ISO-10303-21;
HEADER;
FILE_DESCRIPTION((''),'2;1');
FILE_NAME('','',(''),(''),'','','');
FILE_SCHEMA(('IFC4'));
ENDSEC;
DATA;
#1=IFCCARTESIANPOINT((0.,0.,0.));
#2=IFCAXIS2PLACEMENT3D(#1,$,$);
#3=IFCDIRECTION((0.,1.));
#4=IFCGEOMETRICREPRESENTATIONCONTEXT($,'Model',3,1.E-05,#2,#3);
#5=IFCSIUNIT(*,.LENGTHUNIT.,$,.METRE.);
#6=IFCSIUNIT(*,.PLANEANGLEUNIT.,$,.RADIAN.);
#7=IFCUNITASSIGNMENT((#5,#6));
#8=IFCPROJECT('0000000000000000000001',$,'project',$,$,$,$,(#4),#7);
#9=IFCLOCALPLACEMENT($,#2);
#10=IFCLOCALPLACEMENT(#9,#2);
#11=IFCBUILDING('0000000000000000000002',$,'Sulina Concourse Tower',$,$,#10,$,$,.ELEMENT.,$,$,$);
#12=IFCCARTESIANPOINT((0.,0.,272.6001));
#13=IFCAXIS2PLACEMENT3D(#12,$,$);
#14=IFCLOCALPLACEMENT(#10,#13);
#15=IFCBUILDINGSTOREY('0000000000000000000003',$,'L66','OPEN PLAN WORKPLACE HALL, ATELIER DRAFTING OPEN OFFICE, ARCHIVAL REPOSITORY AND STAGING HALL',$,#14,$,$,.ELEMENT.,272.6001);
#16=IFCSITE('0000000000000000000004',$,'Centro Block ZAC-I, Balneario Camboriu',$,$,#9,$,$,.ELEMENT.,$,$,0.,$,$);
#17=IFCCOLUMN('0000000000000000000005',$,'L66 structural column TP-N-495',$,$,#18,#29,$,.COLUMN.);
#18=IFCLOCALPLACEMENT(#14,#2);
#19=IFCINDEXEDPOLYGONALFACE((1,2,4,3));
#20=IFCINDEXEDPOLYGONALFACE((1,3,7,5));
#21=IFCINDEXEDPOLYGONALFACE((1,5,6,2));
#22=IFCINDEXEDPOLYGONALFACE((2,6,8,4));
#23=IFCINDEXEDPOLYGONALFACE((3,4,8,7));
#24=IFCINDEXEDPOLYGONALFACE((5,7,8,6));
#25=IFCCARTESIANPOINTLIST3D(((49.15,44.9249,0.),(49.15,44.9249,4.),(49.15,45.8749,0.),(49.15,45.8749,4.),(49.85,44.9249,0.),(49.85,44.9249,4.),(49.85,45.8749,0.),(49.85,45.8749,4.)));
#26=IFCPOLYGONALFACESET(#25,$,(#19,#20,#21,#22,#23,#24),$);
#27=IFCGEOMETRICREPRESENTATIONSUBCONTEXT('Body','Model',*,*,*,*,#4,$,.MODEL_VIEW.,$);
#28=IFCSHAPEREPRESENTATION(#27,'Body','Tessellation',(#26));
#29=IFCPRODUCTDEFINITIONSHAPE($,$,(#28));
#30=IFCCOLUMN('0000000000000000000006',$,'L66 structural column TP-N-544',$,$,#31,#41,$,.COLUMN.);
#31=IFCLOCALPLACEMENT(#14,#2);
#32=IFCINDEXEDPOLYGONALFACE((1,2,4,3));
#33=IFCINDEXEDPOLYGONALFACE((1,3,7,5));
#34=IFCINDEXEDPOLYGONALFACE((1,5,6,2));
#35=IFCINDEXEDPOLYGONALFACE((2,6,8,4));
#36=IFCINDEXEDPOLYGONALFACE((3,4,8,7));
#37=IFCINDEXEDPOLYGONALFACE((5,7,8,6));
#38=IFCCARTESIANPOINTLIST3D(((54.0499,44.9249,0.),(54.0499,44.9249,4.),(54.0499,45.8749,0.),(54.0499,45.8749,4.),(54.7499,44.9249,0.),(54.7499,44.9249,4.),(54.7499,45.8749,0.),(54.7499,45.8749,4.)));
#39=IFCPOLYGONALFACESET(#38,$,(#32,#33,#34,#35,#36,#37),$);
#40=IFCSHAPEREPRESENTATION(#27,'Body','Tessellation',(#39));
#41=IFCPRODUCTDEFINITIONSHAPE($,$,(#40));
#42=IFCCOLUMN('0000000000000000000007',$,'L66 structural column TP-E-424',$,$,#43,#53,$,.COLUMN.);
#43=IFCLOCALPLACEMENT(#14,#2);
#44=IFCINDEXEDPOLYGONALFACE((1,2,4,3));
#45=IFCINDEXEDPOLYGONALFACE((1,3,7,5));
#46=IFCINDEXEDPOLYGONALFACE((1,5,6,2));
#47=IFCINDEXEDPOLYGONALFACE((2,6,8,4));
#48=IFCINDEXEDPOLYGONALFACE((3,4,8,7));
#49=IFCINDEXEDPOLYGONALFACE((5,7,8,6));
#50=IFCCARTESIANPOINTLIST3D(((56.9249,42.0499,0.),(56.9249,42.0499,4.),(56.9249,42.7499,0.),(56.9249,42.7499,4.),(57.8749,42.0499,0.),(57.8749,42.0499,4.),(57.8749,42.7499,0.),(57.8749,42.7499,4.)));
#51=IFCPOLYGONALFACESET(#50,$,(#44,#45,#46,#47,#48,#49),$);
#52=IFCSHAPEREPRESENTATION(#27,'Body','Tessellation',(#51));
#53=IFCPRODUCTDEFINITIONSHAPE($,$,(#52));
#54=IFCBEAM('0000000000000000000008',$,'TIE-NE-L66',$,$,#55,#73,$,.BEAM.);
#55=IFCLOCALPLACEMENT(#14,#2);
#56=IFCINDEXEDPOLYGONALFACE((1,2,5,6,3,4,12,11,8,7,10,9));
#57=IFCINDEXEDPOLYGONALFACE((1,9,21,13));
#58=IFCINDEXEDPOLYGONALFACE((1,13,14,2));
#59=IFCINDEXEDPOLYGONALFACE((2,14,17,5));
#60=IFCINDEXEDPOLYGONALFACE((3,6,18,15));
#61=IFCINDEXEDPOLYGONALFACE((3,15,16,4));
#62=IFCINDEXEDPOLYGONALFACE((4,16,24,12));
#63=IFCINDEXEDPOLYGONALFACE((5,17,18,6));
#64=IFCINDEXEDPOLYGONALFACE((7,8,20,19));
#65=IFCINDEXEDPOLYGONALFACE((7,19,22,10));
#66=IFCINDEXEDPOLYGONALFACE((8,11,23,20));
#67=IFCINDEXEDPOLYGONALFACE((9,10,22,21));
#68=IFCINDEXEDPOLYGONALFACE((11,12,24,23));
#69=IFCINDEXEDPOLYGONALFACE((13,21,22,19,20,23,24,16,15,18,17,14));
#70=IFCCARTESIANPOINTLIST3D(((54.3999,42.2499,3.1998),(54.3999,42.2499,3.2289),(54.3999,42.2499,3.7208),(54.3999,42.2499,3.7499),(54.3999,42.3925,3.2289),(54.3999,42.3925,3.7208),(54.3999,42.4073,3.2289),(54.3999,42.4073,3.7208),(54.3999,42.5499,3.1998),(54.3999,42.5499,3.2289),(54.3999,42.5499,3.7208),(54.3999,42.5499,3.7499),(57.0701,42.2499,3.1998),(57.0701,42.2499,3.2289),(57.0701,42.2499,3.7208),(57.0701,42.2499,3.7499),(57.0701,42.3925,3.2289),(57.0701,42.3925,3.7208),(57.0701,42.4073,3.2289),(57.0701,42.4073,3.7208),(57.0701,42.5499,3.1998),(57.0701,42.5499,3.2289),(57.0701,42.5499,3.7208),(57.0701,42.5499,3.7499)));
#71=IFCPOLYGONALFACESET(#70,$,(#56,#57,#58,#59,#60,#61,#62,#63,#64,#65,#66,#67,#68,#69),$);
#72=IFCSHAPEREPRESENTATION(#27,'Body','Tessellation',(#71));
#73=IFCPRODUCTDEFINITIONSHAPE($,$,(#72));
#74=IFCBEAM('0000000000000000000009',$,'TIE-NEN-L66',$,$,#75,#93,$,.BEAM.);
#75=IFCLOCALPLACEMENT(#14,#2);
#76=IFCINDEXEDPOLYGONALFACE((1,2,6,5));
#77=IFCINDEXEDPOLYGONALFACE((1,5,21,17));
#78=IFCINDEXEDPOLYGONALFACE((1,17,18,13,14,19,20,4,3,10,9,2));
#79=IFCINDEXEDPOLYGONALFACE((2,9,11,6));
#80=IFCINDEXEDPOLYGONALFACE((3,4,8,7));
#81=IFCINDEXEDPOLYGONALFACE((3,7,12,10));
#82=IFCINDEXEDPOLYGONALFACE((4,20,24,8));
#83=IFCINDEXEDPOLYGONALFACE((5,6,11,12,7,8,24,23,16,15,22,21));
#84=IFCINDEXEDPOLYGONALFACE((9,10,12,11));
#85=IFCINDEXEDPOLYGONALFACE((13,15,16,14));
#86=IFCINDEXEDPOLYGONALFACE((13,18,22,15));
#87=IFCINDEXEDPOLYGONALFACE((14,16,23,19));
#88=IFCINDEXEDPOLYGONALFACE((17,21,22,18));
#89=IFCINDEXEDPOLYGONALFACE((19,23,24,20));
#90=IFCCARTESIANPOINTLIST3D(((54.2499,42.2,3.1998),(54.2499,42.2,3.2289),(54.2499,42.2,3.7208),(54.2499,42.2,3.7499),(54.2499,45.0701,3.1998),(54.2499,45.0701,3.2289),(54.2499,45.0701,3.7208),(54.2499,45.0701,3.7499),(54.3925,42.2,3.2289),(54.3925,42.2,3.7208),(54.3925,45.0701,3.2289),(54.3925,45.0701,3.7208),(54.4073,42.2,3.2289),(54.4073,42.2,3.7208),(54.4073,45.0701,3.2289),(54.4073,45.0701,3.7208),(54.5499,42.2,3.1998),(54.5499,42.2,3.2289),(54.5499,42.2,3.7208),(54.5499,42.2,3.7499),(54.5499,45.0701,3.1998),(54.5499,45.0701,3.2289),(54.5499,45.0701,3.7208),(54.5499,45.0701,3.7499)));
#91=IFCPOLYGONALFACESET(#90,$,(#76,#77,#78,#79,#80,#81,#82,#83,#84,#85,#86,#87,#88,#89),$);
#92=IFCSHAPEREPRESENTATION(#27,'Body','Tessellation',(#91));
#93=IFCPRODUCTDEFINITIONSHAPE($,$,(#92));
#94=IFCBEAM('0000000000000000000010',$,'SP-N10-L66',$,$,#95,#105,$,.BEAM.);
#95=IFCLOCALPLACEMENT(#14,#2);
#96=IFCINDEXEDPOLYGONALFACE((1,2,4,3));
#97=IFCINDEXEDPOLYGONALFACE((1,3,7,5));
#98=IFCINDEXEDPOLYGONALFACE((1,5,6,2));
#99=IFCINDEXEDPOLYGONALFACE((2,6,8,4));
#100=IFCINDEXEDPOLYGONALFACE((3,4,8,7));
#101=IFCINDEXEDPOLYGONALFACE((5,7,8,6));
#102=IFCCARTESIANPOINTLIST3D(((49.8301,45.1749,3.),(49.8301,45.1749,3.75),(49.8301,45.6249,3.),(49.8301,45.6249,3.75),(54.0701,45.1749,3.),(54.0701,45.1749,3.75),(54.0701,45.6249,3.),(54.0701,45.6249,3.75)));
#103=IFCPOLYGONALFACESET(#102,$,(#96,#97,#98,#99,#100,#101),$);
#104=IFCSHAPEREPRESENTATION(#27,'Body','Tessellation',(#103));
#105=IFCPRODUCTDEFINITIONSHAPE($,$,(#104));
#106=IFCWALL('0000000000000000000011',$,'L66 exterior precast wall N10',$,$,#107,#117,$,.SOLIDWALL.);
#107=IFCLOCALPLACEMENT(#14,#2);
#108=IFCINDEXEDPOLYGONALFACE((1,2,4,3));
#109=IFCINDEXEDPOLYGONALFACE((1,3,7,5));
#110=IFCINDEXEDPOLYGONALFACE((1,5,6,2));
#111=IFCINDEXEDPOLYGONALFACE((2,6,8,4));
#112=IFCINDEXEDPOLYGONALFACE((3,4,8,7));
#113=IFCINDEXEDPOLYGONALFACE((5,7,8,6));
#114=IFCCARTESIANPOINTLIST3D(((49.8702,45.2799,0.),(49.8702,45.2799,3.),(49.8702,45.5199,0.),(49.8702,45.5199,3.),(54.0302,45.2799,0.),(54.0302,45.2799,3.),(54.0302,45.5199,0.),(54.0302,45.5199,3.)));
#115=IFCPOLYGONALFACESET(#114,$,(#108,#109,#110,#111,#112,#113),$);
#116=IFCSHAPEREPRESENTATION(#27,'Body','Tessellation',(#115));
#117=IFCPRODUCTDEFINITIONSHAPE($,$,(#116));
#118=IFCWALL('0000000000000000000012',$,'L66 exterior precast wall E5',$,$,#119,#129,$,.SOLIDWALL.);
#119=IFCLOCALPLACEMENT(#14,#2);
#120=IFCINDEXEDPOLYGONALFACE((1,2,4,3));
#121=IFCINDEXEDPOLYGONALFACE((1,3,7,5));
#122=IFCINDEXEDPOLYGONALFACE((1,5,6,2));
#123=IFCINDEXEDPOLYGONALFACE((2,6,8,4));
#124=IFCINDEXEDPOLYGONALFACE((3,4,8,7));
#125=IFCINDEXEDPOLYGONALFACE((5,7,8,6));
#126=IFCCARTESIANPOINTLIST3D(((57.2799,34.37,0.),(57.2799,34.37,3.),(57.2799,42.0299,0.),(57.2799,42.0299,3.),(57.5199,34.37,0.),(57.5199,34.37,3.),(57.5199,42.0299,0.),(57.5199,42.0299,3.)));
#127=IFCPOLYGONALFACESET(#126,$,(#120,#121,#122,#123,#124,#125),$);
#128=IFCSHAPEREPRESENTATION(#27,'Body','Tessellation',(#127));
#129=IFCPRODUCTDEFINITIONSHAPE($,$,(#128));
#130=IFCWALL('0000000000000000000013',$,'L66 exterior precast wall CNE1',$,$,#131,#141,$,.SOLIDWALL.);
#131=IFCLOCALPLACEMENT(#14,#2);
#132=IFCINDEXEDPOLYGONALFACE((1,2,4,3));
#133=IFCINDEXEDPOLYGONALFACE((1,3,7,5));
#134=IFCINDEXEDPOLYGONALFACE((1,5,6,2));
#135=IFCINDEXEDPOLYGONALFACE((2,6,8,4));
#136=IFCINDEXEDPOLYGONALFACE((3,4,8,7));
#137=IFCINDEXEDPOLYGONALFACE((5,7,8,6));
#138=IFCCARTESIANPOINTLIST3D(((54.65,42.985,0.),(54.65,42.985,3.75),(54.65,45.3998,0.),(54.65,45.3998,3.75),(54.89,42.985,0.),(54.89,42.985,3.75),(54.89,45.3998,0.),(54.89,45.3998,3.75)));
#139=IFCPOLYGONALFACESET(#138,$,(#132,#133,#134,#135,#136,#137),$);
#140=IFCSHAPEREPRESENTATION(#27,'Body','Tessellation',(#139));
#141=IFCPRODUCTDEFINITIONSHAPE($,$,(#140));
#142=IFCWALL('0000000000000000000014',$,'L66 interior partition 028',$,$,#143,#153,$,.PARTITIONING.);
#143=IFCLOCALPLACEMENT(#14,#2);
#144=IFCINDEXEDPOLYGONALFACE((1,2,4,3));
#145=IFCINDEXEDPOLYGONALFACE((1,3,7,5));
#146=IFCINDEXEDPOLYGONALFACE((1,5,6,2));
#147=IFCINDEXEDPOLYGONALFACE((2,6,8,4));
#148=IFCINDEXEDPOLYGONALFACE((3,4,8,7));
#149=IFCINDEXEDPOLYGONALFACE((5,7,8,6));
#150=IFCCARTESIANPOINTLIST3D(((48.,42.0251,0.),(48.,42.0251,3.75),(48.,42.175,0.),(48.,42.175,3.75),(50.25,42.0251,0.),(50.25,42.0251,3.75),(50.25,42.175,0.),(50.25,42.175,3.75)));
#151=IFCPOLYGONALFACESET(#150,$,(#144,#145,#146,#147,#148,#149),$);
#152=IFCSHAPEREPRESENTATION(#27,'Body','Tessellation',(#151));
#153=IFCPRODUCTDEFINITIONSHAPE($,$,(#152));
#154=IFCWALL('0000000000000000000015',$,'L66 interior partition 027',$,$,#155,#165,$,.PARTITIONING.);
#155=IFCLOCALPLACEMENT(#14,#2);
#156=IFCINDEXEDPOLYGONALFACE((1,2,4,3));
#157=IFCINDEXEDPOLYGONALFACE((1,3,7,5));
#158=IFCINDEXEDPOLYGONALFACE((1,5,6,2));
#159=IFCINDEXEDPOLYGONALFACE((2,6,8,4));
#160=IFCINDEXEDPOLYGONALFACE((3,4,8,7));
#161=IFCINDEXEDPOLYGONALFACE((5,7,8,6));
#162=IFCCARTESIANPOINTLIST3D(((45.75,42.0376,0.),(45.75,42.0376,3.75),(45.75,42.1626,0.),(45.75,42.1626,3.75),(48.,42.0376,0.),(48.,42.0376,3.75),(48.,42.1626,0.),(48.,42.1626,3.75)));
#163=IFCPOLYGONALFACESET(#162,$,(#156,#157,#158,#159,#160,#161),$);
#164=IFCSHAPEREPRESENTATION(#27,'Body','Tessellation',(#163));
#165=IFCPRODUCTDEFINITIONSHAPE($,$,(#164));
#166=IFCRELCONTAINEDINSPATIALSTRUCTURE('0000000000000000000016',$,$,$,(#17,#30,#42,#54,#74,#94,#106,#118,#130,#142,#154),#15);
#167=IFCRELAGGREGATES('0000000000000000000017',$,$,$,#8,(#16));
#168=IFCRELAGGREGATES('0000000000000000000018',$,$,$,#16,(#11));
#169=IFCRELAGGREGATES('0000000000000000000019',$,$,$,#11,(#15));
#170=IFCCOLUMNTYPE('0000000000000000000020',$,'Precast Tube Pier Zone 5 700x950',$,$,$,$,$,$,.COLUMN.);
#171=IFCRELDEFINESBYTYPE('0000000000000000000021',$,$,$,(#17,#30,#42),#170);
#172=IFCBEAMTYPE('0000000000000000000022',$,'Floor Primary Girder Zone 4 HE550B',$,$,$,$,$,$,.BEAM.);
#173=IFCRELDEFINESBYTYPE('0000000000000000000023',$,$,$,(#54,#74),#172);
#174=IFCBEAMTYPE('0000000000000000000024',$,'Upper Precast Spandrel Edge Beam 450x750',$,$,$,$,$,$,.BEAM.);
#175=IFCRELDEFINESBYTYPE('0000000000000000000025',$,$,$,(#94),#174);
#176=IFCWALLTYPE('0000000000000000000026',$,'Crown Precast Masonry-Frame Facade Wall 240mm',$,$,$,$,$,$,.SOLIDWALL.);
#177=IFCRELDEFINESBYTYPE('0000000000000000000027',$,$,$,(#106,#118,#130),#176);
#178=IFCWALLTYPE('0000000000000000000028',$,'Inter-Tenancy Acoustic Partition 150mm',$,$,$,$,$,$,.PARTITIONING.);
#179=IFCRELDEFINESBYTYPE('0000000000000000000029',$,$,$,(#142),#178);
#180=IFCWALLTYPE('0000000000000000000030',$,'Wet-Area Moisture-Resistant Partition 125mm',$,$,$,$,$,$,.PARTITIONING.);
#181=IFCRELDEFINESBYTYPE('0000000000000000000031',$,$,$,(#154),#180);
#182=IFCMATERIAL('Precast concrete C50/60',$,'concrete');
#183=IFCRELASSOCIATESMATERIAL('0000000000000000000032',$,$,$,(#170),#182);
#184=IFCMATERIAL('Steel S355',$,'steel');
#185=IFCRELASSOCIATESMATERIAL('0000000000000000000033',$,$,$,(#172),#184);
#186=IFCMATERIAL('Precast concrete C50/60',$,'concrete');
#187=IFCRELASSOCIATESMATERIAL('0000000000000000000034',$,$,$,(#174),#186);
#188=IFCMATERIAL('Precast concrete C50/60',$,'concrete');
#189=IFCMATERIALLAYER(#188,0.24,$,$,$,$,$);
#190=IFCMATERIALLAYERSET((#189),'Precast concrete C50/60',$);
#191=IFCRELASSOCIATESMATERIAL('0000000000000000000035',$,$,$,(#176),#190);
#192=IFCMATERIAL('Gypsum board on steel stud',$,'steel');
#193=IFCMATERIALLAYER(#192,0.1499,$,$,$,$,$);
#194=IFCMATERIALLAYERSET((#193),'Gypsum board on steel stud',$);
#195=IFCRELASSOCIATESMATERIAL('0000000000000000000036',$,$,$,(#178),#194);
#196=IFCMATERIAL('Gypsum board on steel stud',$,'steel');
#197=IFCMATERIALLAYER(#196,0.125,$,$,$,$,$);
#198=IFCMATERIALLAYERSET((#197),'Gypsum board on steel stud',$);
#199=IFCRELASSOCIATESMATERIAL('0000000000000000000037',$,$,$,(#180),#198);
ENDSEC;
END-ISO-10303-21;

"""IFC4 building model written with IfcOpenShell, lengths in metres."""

from ifc_helpers import new_model, si_unit, direction, frame, frame_2d, origin, origin_2d, place, context, subcontext, project, spatial, rectangle, i_section, extrude, material, layer, layer_set, material_profile, profile_set, type_object, element, save


model = new_model("IFC4")

# Units and contexts
model_context = context("Model", 3, precision=1e-05, world=origin(), true_north=direction((0.0, 1.0)))
body_context = subcontext(model_context, "Body", "Model", "MODEL_VIEW")
ifc_project = project(units=[si_unit("LENGTHUNIT", "METRE"), si_unit("PLANEANGLEUNIT", "RADIAN")], contexts=[model_context])

# Site, building, storey
site_placement = place(None, origin())
site = spatial("IfcSite", under=ifc_project, at=site_placement, Name="Centro Block ZAC-I, Balneario Camboriu", CompositionType="ELEMENT", RefElevation=0.0)
building_placement = place(site_placement, origin())
building = spatial("IfcBuilding", under=site, at=building_placement, Name="Sulina Concourse Tower", CompositionType="ELEMENT")
storey_placement = place(building_placement, frame((0.0, 0.0, 272.6001)))
storey = spatial("IfcBuildingStorey", under=building, at=storey_placement, Name="L66", Description="OPEN PLAN WORKPLACE HALL, ATELIER DRAFTING OPEN OFFICE, ARCHIVAL REPOSITORY AND STAGING HALL", CompositionType="ELEMENT", Elevation=272.6001)

# Columns
ifc_material_1 = material(Name="Precast concrete C50/60", Category="concrete")
ifc_material_profile_1 = material_profile(ifc_material_1, rectangle(XDim=0.7, YDim=0.95, at=origin_2d()), Name="PC 700x950")
ifc_profile_set_1 = profile_set([ifc_material_profile_1], Name="Precast concrete C50/60")
column_type = type_object("IfcColumnType", Name="Precast Tube Pier Zone 5 700x950", PredefinedType="COLUMN", material=ifc_profile_set_1)
for number, where, z_axis, x_axis, name in (
    (1, (49.5, 45.3999, 0.0), (0.0, 0.0, 1.0), (1.0, 0.0, 0.0), "L66 structural column TP-N-495"),
    (2, (54.3999, 45.3999, 0.0), (0.0, 0.0, 1.0), (1.0, 0.0, 0.0), "L66 structural column TP-N-544"),
    (3, (57.3999, 42.3999, 0.0), (0.0, 0.0, 1.0), (0.0, 1.0, 0.0), "L66 structural column TP-E-424"),
):
    element("IfcColumn", number, at=place(storey_placement, frame(where, z_axis=z_axis, x_axis=x_axis)), inside=storey, type_object=column_type, Name=name, PredefinedType="COLUMN", context=body_context, shape_type="SweptSolid", body=[
        extrude(rectangle(XDim=0.7, YDim=0.95, at=origin_2d()), origin(), (0.0, 0.0, 1.0), 4.0),
    ])

# Beams
ifc_material_2 = material(Name="Steel S355", Category="steel")
ifc_material_profile_2 = material_profile(ifc_material_2, i_section(OverallWidth=0.3, OverallDepth=0.55, WebThickness=0.0149, FlangeThickness=0.0291, at=origin_2d()), Name="HE 550 B")
ifc_profile_set_2 = profile_set([ifc_material_profile_2], Name="Steel S355")
beam_type_1 = type_object("IfcBeamType", Name="Floor Primary Girder Zone 4 HE550B", PredefinedType="BEAM", material=ifc_profile_set_2)
beam_1_placement = place(storey_placement, frame((54.3999, 42.3999, 3.4749), z_axis=(1.0, 0.0, 0.0), x_axis=(0.0, 1.0, 0.0)))
element("IfcBeam", 4, at=beam_1_placement, inside=storey, type_object=beam_type_1, Name="TIE-NE-L66", PredefinedType="BEAM", context=body_context, shape_type="SweptSolid", body=[
    extrude(i_section(OverallWidth=0.3, OverallDepth=0.55, WebThickness=0.0149, FlangeThickness=0.0291, at=origin_2d()), origin(), (0.0, 0.0, 1.0), 2.6702),
])
beam_2_placement = place(storey_placement, frame((54.3999, 42.2, 3.4749), z_axis=(0.0, 1.0, 0.0), x_axis=(-1.0, 0.0, 0.0)))
element("IfcBeam", 5, at=beam_2_placement, inside=storey, type_object=beam_type_1, Name="TIE-NEN-L66", PredefinedType="BEAM", context=body_context, shape_type="SweptSolid", body=[
    extrude(i_section(OverallWidth=0.3, OverallDepth=0.55, WebThickness=0.0149, FlangeThickness=0.0291, at=origin_2d()), origin(), (0.0, 0.0, 1.0), 2.8701),
])
ifc_material_3 = material(Name="Precast concrete C50/60", Category="concrete")
ifc_material_profile_3 = material_profile(ifc_material_3, rectangle(XDim=0.45, YDim=0.75, at=origin_2d()), Name="RC 450x750")
ifc_profile_set_3 = profile_set([ifc_material_profile_3], Name="Precast concrete C50/60")
beam_type_2 = type_object("IfcBeamType", Name="Upper Precast Spandrel Edge Beam 450x750", PredefinedType="BEAM", material=ifc_profile_set_3)
beam_3_placement = place(storey_placement, frame((49.8301, 45.3999, 3.375), z_axis=(1.0, 0.0, 0.0), x_axis=(0.0, 1.0, 0.0)))
element("IfcBeam", 6, at=beam_3_placement, inside=storey, type_object=beam_type_2, Name="SP-N10-L66", PredefinedType="BEAM", context=body_context, shape_type="SweptSolid", body=[
    extrude(rectangle(XDim=0.45, YDim=0.75, at=origin_2d()), origin(), (0.0, 0.0, 1.0), 4.24),
])

# Walls
ifc_material_4 = material(Name="Precast concrete C50/60", Category="concrete")
ifc_layer_1 = layer(ifc_material_4, 0.24)
ifc_layer_set_1 = layer_set([ifc_layer_1], Name="Precast concrete C50/60")
wall_type_1 = type_object("IfcWallType", Name="Crown Precast Masonry-Frame Facade Wall 240mm", PredefinedType="SOLIDWALL", material=ifc_layer_set_1)
wall_1_placement = place(storey_placement, frame((49.8701, 45.3999, 0.0), z_axis=(0.0, 0.0, 1.0), x_axis=(1.0, 0.0, 0.0)))
element("IfcWall", 7, at=wall_1_placement, inside=storey, type_object=wall_type_1, Name="L66 exterior precast wall N10", PredefinedType="SOLIDWALL", context=body_context, shape_type="SweptSolid", body=[
    extrude(rectangle(XDim=4.1599, YDim=0.24, at=frame_2d((2.0801, 0.0))), origin(), (0.0, 0.0, 1.0), 3.0),
])
wall_2_placement = place(storey_placement, frame((57.3999, 42.03, 0.0), z_axis=(0.0, 0.0, 1.0), x_axis=(0.0, -1.0, 0.0)))
element("IfcWall", 8, at=wall_2_placement, inside=storey, type_object=wall_type_1, Name="L66 exterior precast wall E5", PredefinedType="SOLIDWALL", context=body_context, shape_type="SweptSolid", body=[
    extrude(rectangle(XDim=7.6599, YDim=0.24, at=frame_2d((3.8301, 0.0))), origin(), (0.0, 0.0, 1.0), 3.0),
])
wall_3_placement = place(storey_placement, frame((54.77, 45.3999, 0.0), z_axis=(0.0, 0.0, 1.0), x_axis=(0.0, -1.0, 0.0)))
element("IfcWall", 9, at=wall_3_placement, inside=storey, type_object=wall_type_1, Name="L66 exterior precast wall CNE1", PredefinedType="SOLIDWALL", context=body_context, shape_type="SweptSolid", body=[
    extrude(rectangle(XDim=2.4148, YDim=0.24, at=frame_2d((1.2075, 0.0))), origin(), (0.0, 0.0, 1.0), 3.75),
])
ifc_material_5 = material(Name="Gypsum board on steel stud", Category="steel")
ifc_layer_2 = layer(ifc_material_5, 0.1499)
ifc_layer_set_2 = layer_set([ifc_layer_2], Name="Gypsum board on steel stud")
wall_type_2 = type_object("IfcWallType", Name="Inter-Tenancy Acoustic Partition 150mm", PredefinedType="PARTITIONING", material=ifc_layer_set_2)
wall_4_placement = place(storey_placement, frame((48.0, 42.1001, 0.0), z_axis=(0.0, 0.0, 1.0), x_axis=(1.0, 0.0, 0.0)))
element("IfcWall", 10, at=wall_4_placement, inside=storey, type_object=wall_type_2, Name="L66 interior partition 028", PredefinedType="PARTITIONING", context=body_context, shape_type="SweptSolid", body=[
    extrude(rectangle(XDim=2.25, YDim=0.1499, at=frame_2d((1.125, 0.0))), origin(), (0.0, 0.0, 1.0), 3.75),
])
ifc_material_6 = material(Name="Gypsum board on steel stud", Category="steel")
ifc_layer_3 = layer(ifc_material_6, 0.125)
ifc_layer_set_3 = layer_set([ifc_layer_3], Name="Gypsum board on steel stud")
wall_type_3 = type_object("IfcWallType", Name="Wet-Area Moisture-Resistant Partition 125mm", PredefinedType="PARTITIONING", material=ifc_layer_set_3)
wall_5_placement = place(storey_placement, frame((45.75, 42.1001, 0.0), z_axis=(0.0, 0.0, 1.0), x_axis=(1.0, 0.0, 0.0)))
element("IfcWall", 11, at=wall_5_placement, inside=storey, type_object=wall_type_3, Name="L66 interior partition 027", PredefinedType="PARTITIONING", context=body_context, shape_type="SweptSolid", body=[
    extrude(rectangle(XDim=2.25, YDim=0.125, at=frame_2d((1.125, 0.0))), origin(), (0.0, 0.0, 1.0), 3.75),
])

save(model, "model.ifc")
